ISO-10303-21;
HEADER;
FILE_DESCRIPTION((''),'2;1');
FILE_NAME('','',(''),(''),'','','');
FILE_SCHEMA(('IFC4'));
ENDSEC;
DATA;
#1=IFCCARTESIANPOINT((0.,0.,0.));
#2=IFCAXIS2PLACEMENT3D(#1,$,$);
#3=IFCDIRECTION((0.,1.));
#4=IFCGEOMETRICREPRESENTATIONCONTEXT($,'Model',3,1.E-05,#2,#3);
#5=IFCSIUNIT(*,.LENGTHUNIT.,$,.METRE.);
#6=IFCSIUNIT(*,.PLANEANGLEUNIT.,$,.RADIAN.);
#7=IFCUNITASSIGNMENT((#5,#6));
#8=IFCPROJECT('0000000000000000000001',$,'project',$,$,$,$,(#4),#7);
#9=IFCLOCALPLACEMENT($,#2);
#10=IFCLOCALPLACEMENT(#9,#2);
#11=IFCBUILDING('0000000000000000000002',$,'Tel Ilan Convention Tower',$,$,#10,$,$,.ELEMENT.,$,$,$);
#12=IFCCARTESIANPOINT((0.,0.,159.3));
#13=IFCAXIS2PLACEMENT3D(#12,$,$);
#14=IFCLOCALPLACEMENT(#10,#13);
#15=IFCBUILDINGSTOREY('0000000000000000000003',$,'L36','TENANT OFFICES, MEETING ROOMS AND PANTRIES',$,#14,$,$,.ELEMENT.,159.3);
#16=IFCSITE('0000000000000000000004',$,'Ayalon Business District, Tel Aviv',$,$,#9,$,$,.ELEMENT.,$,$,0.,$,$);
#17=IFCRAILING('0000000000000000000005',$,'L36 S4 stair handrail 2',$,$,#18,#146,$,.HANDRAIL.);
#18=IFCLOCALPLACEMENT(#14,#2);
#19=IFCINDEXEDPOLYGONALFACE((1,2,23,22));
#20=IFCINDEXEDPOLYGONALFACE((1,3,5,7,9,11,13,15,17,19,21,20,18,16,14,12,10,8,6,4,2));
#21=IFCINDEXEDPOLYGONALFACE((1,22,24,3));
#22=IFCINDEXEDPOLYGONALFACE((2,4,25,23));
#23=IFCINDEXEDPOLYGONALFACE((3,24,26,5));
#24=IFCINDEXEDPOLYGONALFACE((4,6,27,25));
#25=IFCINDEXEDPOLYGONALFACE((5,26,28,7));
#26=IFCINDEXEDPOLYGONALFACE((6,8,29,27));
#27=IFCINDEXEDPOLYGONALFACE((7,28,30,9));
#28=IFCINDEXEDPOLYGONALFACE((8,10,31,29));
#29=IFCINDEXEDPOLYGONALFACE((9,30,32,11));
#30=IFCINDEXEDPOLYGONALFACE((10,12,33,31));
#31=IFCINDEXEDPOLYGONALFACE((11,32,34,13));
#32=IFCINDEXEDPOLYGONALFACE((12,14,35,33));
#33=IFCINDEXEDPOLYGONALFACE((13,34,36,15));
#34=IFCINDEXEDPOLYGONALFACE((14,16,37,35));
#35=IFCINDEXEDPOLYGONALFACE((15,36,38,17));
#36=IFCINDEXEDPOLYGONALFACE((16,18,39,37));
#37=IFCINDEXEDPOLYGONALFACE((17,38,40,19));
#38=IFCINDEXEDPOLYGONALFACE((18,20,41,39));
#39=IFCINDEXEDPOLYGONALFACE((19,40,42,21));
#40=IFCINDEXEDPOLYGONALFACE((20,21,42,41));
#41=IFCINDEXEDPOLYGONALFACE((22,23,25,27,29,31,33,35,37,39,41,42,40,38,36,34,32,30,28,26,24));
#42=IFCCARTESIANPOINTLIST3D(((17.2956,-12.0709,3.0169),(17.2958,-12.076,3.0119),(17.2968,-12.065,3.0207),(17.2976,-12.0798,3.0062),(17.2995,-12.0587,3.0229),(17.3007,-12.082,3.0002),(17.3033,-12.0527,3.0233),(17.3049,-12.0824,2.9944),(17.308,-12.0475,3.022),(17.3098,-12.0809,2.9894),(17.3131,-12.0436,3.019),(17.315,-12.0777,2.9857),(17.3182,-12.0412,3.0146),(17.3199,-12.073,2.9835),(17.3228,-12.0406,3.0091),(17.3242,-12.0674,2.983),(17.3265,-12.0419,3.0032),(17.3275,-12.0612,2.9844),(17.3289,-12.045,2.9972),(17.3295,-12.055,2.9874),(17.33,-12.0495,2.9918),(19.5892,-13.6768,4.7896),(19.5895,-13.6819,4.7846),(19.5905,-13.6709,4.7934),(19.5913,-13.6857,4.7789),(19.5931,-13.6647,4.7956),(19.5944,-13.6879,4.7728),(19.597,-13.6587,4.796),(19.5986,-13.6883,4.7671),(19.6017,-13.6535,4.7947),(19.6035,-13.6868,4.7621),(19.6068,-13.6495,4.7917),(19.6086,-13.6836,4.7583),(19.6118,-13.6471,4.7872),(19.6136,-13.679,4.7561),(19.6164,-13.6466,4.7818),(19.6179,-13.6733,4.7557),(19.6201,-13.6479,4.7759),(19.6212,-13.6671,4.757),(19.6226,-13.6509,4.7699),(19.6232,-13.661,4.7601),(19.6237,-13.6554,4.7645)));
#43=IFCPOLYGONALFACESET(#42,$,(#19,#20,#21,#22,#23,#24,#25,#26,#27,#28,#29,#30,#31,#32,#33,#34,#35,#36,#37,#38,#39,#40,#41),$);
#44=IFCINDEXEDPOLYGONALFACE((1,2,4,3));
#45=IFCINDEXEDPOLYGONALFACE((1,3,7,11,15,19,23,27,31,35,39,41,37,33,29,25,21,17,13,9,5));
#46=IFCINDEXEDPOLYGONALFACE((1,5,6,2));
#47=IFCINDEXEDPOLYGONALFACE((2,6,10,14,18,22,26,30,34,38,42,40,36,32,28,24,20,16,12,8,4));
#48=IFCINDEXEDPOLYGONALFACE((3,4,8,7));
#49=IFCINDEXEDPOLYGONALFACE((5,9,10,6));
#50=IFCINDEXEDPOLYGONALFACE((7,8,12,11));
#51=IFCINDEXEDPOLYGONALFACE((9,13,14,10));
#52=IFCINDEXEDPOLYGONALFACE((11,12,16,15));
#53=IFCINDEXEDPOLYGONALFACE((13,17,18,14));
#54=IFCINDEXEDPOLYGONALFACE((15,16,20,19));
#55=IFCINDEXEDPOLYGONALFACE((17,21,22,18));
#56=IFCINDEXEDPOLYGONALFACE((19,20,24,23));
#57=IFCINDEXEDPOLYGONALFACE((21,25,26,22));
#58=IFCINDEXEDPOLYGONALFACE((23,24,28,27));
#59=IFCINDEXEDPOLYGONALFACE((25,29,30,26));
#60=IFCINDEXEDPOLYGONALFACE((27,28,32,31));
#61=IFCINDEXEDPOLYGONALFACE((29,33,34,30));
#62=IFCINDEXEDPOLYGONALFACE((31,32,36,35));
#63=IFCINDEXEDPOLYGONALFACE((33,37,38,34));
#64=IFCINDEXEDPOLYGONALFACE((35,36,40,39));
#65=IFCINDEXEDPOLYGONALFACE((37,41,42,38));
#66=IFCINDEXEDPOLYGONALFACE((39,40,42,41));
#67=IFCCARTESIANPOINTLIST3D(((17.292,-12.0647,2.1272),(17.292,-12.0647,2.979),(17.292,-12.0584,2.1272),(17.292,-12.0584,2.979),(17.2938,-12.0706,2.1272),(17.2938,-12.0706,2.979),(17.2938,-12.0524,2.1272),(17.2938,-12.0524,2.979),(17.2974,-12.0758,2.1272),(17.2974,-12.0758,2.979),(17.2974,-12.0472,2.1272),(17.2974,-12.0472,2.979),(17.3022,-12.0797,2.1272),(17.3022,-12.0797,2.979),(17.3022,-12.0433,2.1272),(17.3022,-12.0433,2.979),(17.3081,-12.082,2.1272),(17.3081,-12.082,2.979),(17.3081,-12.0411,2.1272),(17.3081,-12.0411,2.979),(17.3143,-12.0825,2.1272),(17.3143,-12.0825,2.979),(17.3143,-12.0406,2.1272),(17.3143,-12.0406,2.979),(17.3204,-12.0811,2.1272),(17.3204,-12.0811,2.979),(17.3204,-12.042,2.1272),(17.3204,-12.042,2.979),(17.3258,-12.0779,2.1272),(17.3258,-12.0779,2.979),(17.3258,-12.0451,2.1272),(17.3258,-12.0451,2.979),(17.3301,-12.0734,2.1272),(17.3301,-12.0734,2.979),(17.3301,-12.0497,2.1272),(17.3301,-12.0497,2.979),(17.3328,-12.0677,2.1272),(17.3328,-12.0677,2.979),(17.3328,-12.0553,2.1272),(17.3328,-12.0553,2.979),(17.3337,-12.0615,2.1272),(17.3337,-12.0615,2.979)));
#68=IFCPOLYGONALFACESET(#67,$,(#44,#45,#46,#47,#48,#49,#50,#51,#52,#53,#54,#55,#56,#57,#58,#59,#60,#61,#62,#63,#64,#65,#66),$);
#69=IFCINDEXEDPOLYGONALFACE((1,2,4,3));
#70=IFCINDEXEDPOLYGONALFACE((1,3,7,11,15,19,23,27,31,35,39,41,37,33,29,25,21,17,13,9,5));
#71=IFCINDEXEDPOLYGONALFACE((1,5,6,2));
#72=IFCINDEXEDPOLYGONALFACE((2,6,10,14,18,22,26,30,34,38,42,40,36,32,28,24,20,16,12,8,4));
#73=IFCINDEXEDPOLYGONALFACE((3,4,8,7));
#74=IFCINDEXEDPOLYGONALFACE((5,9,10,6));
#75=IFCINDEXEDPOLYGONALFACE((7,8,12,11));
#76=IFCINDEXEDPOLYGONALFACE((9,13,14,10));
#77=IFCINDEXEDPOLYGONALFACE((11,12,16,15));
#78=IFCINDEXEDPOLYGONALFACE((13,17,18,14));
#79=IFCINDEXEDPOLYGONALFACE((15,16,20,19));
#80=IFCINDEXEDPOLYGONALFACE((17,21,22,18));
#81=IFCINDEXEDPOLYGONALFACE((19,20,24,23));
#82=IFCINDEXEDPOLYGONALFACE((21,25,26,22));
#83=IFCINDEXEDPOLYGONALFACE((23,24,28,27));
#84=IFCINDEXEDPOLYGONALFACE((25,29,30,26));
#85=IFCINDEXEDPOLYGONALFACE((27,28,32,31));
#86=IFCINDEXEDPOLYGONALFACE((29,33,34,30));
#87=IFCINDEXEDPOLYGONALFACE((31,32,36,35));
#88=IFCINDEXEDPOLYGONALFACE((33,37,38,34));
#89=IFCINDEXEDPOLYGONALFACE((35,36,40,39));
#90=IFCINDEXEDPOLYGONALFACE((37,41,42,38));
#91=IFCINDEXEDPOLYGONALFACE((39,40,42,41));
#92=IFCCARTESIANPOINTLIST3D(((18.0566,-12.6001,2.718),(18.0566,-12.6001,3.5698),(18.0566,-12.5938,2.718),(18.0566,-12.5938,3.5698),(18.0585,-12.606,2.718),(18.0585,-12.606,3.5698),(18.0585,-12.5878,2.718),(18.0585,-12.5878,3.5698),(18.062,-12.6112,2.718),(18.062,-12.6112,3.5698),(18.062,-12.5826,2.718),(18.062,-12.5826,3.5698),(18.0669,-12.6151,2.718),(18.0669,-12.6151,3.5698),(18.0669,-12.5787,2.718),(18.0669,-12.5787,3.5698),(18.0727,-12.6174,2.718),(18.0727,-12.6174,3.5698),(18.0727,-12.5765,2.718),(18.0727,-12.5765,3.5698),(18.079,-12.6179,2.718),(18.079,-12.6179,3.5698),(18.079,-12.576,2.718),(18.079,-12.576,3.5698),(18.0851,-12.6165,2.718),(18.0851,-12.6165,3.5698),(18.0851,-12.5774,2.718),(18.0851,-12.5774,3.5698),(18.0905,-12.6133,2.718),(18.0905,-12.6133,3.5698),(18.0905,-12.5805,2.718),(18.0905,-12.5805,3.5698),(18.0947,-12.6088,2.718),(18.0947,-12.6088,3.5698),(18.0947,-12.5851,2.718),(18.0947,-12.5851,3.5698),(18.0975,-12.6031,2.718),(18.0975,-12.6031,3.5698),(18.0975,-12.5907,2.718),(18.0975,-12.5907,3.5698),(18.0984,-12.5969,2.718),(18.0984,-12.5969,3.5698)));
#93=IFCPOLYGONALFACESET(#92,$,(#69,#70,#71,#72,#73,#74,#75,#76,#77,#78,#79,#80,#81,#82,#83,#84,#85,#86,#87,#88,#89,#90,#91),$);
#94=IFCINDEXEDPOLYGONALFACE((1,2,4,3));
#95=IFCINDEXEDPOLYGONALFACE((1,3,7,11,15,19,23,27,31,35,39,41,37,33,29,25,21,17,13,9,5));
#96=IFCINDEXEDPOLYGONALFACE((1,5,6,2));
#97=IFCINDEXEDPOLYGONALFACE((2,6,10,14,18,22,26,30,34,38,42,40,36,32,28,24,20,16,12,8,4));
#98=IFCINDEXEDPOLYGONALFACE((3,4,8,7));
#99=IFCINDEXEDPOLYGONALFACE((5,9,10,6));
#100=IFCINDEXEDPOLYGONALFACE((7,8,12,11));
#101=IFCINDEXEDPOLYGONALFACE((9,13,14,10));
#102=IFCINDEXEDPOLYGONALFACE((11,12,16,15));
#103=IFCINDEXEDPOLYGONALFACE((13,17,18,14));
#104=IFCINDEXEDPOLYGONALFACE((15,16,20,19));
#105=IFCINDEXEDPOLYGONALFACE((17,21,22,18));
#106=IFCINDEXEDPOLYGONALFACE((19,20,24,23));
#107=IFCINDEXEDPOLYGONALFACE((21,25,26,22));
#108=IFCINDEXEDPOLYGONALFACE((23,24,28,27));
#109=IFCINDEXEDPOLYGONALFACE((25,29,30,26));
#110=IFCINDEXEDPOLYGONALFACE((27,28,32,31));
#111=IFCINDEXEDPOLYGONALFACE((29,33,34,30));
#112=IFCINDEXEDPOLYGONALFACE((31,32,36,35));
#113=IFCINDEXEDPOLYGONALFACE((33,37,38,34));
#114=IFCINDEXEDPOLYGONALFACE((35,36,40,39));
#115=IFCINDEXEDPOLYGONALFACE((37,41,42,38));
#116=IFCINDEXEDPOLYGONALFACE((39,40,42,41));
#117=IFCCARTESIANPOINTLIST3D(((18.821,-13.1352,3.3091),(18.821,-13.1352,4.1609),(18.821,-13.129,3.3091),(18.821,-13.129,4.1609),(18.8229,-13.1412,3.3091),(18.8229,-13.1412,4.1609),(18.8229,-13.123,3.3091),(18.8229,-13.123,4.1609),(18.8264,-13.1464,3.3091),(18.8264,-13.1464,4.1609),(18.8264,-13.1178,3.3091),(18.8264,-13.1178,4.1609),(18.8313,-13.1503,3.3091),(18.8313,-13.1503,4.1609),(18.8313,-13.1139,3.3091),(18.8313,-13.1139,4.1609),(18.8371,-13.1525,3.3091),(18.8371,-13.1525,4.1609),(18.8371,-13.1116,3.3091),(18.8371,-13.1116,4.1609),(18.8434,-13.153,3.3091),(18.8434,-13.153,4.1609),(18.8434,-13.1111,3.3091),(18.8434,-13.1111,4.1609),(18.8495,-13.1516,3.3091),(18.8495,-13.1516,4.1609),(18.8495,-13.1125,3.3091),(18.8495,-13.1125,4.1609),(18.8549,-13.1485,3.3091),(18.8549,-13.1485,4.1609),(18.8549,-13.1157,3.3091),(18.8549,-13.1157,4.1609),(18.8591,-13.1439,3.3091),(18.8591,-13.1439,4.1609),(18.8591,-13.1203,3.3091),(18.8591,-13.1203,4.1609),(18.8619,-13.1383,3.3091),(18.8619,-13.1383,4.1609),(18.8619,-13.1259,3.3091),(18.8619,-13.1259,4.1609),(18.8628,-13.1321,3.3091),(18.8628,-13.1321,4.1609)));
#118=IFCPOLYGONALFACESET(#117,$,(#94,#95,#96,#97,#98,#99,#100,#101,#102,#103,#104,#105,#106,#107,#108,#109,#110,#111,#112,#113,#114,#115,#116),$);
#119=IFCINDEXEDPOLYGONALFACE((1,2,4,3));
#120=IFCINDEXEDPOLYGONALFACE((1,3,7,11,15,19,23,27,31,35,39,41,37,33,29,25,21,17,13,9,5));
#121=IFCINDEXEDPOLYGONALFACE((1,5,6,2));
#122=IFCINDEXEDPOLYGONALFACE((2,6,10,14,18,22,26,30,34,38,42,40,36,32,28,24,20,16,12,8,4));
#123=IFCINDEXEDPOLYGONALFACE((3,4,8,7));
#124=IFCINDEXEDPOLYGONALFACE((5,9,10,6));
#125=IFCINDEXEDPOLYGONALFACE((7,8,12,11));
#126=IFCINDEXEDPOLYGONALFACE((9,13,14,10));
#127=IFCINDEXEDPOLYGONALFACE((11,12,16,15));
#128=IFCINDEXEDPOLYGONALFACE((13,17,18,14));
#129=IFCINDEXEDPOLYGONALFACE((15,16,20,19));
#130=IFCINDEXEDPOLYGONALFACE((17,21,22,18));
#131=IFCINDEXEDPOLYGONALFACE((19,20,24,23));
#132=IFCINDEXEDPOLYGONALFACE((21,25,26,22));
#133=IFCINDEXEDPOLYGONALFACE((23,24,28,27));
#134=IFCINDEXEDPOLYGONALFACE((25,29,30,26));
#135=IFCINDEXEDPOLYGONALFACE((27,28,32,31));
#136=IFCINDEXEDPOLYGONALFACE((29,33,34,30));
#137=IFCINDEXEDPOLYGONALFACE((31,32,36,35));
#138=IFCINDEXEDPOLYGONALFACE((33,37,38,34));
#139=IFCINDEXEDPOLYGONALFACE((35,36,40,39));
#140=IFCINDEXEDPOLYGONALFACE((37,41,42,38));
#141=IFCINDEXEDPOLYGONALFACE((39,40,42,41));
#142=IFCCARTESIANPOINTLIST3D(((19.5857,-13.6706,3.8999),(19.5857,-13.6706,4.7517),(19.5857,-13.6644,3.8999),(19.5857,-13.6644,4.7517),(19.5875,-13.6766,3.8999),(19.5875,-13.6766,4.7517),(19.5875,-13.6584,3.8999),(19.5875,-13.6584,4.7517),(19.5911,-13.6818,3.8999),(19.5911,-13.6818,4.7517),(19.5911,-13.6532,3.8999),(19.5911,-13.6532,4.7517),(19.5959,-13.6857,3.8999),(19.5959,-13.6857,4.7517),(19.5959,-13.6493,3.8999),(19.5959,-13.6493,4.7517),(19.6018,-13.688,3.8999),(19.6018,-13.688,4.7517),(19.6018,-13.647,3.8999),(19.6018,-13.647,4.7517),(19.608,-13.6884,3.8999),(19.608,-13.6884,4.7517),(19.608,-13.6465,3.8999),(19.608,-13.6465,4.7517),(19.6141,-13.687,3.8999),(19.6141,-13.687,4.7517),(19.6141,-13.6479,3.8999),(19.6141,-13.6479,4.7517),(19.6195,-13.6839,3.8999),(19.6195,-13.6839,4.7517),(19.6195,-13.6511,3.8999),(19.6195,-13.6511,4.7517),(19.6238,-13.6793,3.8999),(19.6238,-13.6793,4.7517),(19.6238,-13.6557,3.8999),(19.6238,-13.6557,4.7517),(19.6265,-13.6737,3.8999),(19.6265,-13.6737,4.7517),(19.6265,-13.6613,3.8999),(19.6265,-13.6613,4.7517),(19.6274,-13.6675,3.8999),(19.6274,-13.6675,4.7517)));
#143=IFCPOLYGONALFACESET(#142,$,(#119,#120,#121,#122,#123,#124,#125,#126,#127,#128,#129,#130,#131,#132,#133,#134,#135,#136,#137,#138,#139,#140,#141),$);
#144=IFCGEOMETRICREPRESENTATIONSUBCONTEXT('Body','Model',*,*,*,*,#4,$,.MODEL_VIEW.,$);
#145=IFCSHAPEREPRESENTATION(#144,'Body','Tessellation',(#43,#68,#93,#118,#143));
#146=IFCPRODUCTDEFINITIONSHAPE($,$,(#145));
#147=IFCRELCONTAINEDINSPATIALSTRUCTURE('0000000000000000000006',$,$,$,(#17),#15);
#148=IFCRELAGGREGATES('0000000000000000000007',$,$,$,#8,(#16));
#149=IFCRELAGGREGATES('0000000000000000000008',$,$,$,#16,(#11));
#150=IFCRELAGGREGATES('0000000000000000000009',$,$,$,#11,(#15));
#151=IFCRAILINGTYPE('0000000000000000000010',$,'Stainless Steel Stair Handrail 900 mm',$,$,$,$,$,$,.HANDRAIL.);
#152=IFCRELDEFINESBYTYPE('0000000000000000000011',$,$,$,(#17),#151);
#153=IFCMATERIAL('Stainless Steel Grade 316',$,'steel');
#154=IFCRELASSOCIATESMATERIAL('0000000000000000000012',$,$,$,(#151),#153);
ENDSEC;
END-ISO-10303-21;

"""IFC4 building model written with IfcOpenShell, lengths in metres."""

from ifc_helpers import new_model, si_unit, direction, frame, origin, origin_2d, place, context, subcontext, project, spatial, circle, extrude, material, type_object, element, save


model = new_model("IFC4")

# Units and contexts
model_context = context("Model", 3, precision=1e-05, world=origin(), true_north=direction((0.0, 1.0)))
body_context = subcontext(model_context, "Body", "Model", "MODEL_VIEW")
ifc_project = project(units=[si_unit("LENGTHUNIT", "METRE"), si_unit("PLANEANGLEUNIT", "RADIAN")], contexts=[model_context])

# Site, building, storey
site_placement = place(None, origin())
site = spatial("IfcSite", under=ifc_project, at=site_placement, Name="Ayalon Business District, Tel Aviv", CompositionType="ELEMENT", RefElevation=0.0)
building_placement = place(site_placement, origin())
building = spatial("IfcBuilding", under=site, at=building_placement, Name="Tel Ilan Convention Tower", CompositionType="ELEMENT")
storey_placement = place(building_placement, frame((0.0, 0.0, 159.3)))
storey = spatial("IfcBuildingStorey", under=building, at=storey_placement, Name="L36", Description="TENANT OFFICES, MEETING ROOMS AND PANTRIES", CompositionType="ELEMENT", Elevation=159.3)

# Railing
ifc_material_1 = material(Name="Stainless Steel Grade 316", Category="steel")
railing_type_1 = type_object("IfcRailingType", Name="Stainless Steel Stair Handrail 900 mm", PredefinedType="HANDRAIL", material=ifc_material_1)
railing_1_placement = place(storey_placement, frame((17.3127, -12.0615, 2.1272)))
element("IfcRailing", 1, at=railing_1_placement, inside=storey, type_object=railing_type_1, Name="L36 S4 stair handrail 2", PredefinedType="HANDRAIL", context=body_context, shape_type="SweptSolid", body=[
    extrude(circle(Radius=0.0239, at=origin_2d()), frame((0.0, 0.0, 0.876), z_axis=(0.692123, -0.484597, 0.534913), x_axis=(0.57355, 0.81917, 0.0)), (0.0, 0.0, 1.0), 3.314),
    extrude(circle(Radius=0.021, at=origin_2d()), origin(), (0.0, 0.0, 1.0), 0.8518),
    extrude(circle(Radius=0.021, at=origin_2d()), frame((0.7646, -0.5354, 0.5908)), (0.0, 0.0, 1.0), 0.8518),
    extrude(circle(Radius=0.021, at=origin_2d()), frame((1.5291, -1.0706, 1.1819)), (0.0, 0.0, 1.0), 0.8518),
    extrude(circle(Radius=0.021, at=origin_2d()), frame((2.2937, -1.606, 1.7727)), (0.0, 0.0, 1.0), 0.8518),
])

save(model, "model.ifc")
